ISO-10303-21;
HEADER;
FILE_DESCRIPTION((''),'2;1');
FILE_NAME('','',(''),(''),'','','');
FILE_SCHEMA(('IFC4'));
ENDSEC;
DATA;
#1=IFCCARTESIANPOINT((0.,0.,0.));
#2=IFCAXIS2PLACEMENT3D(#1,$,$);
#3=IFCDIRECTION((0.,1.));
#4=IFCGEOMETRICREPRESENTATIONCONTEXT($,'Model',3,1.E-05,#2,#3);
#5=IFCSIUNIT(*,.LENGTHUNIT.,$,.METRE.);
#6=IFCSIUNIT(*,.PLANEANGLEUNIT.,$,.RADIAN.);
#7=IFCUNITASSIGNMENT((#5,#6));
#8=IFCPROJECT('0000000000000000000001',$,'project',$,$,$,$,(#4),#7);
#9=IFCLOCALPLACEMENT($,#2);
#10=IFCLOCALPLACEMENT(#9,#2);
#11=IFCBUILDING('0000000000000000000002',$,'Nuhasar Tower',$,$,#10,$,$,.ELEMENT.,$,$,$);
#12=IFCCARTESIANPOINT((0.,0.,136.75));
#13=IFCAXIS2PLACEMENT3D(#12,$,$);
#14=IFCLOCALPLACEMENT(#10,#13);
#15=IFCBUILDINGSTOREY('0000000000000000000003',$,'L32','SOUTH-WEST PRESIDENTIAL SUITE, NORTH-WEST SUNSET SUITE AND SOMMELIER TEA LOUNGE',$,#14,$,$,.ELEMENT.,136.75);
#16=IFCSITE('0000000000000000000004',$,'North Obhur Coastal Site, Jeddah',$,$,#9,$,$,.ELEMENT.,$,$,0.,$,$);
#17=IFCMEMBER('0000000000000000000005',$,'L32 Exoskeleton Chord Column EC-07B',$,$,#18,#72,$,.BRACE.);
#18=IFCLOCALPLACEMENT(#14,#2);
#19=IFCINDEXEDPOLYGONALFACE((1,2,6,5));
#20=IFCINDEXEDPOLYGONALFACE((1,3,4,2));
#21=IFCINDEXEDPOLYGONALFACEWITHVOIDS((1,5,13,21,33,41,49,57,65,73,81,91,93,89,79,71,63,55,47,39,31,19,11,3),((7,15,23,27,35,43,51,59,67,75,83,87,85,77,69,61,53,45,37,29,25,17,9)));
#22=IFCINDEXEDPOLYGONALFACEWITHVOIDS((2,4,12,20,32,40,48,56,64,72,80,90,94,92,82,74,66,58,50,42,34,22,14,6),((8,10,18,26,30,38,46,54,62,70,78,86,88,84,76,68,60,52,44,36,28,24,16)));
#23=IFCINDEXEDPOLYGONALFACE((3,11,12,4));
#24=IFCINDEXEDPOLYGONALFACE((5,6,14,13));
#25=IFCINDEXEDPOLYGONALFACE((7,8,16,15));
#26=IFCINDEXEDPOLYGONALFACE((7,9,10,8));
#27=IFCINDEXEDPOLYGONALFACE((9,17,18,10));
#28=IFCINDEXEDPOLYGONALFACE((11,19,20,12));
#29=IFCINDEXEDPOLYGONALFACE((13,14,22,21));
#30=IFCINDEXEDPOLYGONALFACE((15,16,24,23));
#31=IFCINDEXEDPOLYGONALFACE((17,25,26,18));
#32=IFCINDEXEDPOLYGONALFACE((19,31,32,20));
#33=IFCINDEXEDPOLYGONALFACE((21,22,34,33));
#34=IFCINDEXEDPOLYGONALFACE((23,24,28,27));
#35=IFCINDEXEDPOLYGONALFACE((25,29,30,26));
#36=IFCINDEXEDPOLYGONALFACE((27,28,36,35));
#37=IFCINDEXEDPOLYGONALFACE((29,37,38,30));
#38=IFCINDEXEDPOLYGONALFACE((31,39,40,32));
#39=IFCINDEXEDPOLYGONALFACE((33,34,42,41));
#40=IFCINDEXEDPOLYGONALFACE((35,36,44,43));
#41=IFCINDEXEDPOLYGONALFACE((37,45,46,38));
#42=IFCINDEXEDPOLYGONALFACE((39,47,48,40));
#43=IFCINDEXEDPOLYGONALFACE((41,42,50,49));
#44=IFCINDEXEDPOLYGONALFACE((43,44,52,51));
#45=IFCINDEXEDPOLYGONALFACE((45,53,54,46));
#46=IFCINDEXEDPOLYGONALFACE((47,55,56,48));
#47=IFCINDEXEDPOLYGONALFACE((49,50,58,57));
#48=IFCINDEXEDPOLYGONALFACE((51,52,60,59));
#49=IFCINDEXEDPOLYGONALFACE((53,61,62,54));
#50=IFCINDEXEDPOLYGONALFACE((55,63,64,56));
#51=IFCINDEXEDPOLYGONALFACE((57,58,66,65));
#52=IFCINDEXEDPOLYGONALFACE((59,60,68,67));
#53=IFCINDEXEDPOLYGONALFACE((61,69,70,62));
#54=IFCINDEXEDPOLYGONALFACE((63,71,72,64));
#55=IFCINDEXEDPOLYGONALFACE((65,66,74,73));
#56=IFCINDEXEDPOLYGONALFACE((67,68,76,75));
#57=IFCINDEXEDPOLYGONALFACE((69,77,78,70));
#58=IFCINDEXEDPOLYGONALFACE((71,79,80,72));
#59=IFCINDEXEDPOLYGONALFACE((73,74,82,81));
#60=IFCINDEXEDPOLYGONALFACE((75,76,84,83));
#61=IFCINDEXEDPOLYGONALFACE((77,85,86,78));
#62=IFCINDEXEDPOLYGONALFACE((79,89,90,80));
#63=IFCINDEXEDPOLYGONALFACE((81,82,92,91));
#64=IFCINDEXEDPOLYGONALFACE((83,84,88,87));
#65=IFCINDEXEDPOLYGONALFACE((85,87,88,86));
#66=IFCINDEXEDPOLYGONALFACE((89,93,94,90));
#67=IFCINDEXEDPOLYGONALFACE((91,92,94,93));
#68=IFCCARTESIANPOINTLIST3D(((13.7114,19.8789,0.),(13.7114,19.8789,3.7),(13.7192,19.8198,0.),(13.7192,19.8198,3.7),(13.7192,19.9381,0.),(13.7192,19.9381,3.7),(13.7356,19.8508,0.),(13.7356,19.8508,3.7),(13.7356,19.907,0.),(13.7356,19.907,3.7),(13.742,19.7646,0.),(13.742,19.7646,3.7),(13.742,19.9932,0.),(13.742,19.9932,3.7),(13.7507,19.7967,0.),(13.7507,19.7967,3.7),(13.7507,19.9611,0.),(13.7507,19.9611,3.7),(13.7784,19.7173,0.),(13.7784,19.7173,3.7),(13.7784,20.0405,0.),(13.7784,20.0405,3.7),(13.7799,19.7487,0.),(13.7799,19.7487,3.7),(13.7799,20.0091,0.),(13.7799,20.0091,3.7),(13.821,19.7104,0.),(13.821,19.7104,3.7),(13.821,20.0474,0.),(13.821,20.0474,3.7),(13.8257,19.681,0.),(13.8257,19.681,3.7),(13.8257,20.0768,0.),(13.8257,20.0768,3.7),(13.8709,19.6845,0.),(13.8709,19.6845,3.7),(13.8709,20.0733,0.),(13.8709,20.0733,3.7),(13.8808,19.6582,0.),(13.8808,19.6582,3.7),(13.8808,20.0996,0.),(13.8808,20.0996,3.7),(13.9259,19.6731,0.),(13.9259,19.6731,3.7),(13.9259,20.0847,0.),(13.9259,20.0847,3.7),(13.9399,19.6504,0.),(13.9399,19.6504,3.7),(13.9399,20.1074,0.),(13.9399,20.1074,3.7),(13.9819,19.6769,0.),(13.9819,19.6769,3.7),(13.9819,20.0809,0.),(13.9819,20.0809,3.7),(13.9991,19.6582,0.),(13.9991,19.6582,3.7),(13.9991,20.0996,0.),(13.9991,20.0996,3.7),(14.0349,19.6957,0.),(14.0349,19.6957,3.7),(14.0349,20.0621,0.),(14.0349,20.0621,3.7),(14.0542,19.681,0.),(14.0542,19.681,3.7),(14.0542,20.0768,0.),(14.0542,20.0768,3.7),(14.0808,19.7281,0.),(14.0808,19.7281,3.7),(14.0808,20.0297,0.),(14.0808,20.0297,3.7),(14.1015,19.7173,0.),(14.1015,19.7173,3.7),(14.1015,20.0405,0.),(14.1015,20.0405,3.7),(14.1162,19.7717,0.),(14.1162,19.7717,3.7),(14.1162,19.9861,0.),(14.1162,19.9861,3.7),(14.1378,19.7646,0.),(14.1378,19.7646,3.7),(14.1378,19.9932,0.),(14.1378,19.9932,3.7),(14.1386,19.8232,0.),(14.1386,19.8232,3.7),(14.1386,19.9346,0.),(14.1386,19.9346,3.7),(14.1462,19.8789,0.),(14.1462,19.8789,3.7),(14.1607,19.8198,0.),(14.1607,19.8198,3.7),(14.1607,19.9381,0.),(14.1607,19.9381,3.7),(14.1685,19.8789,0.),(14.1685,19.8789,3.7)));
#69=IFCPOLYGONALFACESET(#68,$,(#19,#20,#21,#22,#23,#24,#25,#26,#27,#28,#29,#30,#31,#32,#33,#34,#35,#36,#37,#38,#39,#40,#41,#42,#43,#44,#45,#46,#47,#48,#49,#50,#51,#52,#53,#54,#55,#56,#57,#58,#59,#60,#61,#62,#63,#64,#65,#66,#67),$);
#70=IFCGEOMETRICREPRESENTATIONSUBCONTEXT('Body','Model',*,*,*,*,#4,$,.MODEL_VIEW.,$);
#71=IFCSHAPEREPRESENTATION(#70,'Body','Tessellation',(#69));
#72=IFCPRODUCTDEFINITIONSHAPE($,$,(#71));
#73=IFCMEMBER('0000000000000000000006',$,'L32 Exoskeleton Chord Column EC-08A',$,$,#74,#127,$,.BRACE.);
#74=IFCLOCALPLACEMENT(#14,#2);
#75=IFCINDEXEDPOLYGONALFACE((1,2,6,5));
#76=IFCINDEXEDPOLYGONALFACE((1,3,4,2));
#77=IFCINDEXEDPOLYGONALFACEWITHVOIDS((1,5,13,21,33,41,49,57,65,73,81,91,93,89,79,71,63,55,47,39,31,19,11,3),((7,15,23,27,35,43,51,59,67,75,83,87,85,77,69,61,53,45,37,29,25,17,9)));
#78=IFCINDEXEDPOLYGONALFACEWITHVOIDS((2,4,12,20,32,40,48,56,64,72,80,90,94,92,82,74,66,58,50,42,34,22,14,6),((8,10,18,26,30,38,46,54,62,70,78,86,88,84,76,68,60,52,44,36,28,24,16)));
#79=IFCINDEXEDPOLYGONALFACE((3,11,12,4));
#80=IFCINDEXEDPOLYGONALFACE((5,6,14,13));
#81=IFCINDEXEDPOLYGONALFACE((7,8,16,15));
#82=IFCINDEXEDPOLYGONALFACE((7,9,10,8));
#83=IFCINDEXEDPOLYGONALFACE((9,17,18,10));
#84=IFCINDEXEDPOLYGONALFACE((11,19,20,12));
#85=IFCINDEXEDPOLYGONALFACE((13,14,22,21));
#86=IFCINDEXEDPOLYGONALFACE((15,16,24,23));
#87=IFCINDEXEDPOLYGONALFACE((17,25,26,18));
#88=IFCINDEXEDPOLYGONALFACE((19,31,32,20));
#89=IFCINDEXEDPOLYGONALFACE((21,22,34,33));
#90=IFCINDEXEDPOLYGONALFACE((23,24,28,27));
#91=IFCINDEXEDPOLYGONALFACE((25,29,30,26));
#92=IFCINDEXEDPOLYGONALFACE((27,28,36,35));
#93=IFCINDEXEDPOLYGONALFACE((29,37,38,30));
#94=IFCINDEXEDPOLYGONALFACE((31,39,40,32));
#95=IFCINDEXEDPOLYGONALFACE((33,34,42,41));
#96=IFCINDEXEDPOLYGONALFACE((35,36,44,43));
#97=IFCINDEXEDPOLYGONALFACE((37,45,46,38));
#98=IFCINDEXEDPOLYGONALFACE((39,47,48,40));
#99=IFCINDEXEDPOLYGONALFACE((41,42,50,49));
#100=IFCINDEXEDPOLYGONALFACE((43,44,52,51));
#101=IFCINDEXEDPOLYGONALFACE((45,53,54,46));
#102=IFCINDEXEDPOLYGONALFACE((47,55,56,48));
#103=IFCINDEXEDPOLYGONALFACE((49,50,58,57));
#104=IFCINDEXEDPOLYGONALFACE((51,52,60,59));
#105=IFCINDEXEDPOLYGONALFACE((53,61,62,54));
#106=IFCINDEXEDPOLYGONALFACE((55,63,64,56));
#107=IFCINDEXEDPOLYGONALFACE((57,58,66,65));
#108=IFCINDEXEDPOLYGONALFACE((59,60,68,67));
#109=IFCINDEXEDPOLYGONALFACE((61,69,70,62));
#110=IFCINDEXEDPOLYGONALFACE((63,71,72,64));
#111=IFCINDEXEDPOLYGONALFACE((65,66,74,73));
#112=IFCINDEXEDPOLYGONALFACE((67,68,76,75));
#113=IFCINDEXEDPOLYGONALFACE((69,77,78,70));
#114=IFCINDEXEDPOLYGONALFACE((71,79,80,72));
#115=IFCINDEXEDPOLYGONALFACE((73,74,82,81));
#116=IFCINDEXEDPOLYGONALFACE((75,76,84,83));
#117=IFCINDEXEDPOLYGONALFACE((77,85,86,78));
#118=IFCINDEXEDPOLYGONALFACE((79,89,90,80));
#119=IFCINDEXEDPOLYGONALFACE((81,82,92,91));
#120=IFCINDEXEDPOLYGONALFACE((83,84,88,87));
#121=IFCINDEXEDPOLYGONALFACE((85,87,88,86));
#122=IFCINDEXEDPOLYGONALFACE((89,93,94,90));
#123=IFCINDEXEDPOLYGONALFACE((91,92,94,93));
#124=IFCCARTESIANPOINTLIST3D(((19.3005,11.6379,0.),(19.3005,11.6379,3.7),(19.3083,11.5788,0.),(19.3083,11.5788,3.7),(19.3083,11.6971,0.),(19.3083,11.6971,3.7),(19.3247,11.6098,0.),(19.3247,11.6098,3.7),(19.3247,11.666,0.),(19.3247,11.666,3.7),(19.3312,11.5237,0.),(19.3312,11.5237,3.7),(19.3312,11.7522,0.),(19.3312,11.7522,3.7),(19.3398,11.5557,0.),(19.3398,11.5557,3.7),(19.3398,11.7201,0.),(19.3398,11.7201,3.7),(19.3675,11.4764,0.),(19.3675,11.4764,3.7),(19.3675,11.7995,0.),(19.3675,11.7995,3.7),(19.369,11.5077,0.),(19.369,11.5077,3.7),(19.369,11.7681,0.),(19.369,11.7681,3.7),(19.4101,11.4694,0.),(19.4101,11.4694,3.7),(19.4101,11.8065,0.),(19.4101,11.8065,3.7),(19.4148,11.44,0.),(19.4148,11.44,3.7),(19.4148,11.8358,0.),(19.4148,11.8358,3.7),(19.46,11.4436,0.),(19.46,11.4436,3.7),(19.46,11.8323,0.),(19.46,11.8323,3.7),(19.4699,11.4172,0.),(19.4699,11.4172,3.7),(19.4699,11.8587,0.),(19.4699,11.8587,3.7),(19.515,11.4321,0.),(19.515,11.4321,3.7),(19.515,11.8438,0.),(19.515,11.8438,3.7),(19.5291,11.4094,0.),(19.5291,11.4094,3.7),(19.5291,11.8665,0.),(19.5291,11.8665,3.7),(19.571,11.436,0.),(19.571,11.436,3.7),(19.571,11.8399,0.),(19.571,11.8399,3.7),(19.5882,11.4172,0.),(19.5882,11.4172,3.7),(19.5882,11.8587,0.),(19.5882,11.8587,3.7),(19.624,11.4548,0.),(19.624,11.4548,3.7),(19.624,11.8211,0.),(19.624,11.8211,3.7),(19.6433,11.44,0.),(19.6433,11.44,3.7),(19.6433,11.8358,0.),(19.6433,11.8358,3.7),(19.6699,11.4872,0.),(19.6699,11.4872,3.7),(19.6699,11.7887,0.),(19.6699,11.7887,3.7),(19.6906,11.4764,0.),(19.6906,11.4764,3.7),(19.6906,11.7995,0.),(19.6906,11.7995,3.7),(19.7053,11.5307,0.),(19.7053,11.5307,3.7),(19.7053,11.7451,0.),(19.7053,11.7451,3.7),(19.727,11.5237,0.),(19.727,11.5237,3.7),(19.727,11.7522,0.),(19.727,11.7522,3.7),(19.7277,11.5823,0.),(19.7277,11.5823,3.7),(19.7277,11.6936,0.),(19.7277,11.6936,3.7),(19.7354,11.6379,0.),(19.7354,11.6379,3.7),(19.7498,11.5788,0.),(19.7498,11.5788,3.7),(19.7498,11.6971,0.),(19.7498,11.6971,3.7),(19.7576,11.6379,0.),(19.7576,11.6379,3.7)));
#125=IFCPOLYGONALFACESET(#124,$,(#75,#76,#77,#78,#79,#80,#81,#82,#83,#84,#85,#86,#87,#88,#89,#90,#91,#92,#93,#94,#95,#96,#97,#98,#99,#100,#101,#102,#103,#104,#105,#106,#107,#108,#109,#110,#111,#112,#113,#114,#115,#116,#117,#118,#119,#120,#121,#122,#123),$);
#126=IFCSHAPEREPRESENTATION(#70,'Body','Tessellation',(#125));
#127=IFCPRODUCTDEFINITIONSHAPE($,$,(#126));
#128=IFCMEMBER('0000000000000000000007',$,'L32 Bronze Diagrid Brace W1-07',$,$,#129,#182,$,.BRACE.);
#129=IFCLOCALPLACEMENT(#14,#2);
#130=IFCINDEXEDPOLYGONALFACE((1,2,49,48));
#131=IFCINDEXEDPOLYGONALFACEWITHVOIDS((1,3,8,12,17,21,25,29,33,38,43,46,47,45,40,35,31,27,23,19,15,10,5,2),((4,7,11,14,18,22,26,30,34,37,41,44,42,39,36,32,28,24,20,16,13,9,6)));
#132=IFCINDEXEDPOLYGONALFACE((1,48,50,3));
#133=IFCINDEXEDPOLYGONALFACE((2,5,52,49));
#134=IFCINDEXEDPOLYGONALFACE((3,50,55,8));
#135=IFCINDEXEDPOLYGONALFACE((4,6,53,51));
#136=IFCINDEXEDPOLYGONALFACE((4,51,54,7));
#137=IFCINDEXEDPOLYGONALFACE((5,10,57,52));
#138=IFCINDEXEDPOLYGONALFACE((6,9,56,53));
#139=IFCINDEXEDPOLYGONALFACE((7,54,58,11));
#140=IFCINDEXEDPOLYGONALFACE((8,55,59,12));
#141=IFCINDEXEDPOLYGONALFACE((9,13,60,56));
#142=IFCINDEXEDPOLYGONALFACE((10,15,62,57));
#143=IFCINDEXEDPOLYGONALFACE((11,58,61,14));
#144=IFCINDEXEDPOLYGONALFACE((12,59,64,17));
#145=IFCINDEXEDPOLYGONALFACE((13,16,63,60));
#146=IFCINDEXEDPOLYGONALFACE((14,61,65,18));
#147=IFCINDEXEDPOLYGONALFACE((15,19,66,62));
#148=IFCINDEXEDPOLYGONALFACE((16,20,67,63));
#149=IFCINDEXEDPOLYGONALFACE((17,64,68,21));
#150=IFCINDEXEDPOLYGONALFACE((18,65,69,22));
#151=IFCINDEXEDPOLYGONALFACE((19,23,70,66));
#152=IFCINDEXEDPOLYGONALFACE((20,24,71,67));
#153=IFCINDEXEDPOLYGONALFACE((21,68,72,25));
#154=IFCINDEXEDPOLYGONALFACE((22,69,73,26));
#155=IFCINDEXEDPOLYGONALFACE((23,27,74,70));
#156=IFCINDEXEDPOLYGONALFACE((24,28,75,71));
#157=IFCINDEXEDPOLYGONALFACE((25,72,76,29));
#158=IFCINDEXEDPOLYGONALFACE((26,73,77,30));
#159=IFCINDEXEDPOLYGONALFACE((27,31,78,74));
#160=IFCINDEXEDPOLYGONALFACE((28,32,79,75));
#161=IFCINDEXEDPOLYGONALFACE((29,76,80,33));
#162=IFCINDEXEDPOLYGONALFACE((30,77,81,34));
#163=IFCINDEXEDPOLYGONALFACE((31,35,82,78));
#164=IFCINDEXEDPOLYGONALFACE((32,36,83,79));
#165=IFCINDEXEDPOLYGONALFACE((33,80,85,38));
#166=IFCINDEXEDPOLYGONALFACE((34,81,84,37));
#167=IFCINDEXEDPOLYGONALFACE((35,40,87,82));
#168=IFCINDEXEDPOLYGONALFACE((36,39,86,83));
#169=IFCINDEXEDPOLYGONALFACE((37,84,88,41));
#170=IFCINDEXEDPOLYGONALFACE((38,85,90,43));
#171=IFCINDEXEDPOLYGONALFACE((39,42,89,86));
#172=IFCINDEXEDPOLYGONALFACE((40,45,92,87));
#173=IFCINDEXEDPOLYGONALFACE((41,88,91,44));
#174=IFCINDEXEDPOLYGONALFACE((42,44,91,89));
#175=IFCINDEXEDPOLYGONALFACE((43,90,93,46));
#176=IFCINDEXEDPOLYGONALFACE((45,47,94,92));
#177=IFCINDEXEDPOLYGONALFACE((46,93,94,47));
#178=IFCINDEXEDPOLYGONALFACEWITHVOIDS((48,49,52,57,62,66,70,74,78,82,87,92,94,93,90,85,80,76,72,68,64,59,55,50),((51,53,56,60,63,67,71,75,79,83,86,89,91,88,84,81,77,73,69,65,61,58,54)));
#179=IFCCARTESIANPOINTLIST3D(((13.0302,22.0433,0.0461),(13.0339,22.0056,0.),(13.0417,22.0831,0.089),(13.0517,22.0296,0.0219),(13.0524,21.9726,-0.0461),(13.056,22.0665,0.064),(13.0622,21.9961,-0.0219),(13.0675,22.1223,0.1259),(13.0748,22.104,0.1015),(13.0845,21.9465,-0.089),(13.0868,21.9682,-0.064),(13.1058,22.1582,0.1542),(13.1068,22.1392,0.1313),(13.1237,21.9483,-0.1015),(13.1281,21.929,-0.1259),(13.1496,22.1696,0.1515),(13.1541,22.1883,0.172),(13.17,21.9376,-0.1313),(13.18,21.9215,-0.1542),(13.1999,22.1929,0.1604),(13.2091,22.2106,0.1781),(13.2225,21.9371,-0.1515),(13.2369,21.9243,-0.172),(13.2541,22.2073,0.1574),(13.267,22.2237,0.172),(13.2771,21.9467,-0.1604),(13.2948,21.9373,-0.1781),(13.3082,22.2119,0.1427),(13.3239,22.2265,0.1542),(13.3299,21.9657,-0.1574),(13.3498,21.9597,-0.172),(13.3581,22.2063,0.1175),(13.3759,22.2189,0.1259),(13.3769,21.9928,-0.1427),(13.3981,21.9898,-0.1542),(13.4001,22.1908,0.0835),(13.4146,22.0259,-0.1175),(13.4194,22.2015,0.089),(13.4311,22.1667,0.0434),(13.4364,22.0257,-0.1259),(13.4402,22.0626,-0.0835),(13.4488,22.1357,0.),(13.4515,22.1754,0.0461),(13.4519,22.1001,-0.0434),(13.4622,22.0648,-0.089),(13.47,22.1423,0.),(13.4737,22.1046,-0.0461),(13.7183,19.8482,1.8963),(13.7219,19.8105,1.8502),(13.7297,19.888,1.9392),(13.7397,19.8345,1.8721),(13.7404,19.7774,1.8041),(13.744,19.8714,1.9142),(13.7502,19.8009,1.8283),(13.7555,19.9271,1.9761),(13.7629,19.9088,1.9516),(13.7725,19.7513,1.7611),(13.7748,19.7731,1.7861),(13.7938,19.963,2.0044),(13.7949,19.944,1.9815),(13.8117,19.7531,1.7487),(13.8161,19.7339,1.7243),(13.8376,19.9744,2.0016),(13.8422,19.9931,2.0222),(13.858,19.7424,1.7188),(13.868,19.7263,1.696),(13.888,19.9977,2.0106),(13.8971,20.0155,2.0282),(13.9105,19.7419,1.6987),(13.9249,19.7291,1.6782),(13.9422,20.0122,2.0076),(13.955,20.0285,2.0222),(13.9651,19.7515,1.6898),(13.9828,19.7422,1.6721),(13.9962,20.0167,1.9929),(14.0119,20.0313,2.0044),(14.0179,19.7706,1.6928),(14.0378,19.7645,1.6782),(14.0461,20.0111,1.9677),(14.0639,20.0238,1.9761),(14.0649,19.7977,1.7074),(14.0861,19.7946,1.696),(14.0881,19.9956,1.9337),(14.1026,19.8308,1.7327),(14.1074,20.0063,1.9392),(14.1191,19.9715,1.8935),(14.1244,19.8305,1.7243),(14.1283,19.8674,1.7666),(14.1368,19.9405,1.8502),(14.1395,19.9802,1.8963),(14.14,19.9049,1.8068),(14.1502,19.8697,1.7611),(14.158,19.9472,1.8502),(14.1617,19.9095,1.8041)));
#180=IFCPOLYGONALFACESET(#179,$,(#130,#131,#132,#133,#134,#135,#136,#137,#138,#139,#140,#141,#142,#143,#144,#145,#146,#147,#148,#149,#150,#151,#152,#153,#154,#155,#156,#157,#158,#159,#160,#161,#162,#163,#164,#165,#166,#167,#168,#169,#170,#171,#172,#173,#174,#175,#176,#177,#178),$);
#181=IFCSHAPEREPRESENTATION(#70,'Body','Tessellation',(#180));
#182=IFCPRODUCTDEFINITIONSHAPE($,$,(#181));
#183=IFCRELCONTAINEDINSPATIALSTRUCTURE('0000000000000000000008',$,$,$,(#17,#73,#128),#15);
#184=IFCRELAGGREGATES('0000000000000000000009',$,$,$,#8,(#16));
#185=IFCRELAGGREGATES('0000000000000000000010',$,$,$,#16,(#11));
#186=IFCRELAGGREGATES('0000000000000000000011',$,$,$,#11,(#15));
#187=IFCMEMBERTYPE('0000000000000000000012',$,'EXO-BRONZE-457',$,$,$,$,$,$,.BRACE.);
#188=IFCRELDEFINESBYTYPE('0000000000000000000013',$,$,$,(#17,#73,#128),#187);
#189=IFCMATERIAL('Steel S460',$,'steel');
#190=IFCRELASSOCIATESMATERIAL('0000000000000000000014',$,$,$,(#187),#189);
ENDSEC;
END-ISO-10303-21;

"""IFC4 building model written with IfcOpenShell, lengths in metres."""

from ifc_helpers import new_model, si_unit, direction, frame, origin, origin_2d, place, context, subcontext, project, spatial, hollow_circle, extrude, material, material_profile, profile_set, type_object, element, save


model = new_model("IFC4")

# Units and contexts
model_context = context("Model", 3, precision=1e-05, world=origin(), true_north=direction((0.0, 1.0)))
body_context = subcontext(model_context, "Body", "Model", "MODEL_VIEW")
ifc_project = project(units=[si_unit("LENGTHUNIT", "METRE"), si_unit("PLANEANGLEUNIT", "RADIAN")], contexts=[model_context])

# Site, building, storey
site_placement = place(None, origin())
site = spatial("IfcSite", under=ifc_project, at=site_placement, Name="North Obhur Coastal Site, Jeddah", CompositionType="ELEMENT", RefElevation=0.0)
building_placement = place(site_placement, origin())
building = spatial("IfcBuilding", under=site, at=building_placement, Name="Nuhasar Tower", CompositionType="ELEMENT")
storey_placement = place(building_placement, frame((0.0, 0.0, 136.75)))
storey = spatial("IfcBuildingStorey", under=building, at=storey_placement, Name="L32", Description="SOUTH-WEST PRESIDENTIAL SUITE, NORTH-WEST SUNSET SUITE AND SOMMELIER TEA LOUNGE", CompositionType="ELEMENT", Elevation=136.75)

# Members
ifc_material_1 = material(Name="Steel S460", Category="steel")
ifc_material_profile_1 = material_profile(ifc_material_1, hollow_circle(Radius=0.2285, WallThickness=0.0222, at=origin_2d()), Name="HSS457X22.2")
ifc_profile_set_1 = profile_set([ifc_material_profile_1], Name="Steel S460")
member_type_1 = type_object("IfcMemberType", Name="EXO-BRONZE-457", PredefinedType="BRACE", material=ifc_profile_set_1)
for number, where, z_axis, x_axis, name in (
    (1, (13.9399, 19.8789, 0.0), (0.0, 0.0, 1.0), (1.0, 0.0, 0.0), "L32 Exoskeleton Chord Column EC-07B"),
    (2, (19.5291, 11.6379, 0.0), (0.0, 0.0, 1.0), (1.0, 0.0, 0.0), "L32 Exoskeleton Chord Column EC-08A"),
):
    element("IfcMember", number, at=place(storey_placement, frame(where, z_axis=z_axis, x_axis=x_axis)), inside=storey, type_object=member_type_1, Name=name, PredefinedType="BRACE", context=body_context, shape_type="SweptSolid", body=[
        extrude(hollow_circle(Radius=0.2285, WallThickness=0.0222, at=origin_2d()), origin(), (0.0, 0.0, 1.0), 3.7),
    ])
member_1_placement = place(storey_placement, frame((13.252, 22.074, 0.0), z_axis=(0.233056, -0.743578, 0.626719), x_axis=(0.954228, 0.299079, 0.0)))
element("IfcMember", 3, at=member_1_placement, inside=storey, type_object=member_type_1, Name="L32 Bronze Diagrid Brace W1-07", PredefinedType="BRACE", context=body_context, shape_type="SweptSolid", body=[
    extrude(hollow_circle(Radius=0.2285, WallThickness=0.0222, at=origin_2d()), origin(), (0.0, 0.0, 1.0), 2.9521),
])

save(model, "model.ifc")
